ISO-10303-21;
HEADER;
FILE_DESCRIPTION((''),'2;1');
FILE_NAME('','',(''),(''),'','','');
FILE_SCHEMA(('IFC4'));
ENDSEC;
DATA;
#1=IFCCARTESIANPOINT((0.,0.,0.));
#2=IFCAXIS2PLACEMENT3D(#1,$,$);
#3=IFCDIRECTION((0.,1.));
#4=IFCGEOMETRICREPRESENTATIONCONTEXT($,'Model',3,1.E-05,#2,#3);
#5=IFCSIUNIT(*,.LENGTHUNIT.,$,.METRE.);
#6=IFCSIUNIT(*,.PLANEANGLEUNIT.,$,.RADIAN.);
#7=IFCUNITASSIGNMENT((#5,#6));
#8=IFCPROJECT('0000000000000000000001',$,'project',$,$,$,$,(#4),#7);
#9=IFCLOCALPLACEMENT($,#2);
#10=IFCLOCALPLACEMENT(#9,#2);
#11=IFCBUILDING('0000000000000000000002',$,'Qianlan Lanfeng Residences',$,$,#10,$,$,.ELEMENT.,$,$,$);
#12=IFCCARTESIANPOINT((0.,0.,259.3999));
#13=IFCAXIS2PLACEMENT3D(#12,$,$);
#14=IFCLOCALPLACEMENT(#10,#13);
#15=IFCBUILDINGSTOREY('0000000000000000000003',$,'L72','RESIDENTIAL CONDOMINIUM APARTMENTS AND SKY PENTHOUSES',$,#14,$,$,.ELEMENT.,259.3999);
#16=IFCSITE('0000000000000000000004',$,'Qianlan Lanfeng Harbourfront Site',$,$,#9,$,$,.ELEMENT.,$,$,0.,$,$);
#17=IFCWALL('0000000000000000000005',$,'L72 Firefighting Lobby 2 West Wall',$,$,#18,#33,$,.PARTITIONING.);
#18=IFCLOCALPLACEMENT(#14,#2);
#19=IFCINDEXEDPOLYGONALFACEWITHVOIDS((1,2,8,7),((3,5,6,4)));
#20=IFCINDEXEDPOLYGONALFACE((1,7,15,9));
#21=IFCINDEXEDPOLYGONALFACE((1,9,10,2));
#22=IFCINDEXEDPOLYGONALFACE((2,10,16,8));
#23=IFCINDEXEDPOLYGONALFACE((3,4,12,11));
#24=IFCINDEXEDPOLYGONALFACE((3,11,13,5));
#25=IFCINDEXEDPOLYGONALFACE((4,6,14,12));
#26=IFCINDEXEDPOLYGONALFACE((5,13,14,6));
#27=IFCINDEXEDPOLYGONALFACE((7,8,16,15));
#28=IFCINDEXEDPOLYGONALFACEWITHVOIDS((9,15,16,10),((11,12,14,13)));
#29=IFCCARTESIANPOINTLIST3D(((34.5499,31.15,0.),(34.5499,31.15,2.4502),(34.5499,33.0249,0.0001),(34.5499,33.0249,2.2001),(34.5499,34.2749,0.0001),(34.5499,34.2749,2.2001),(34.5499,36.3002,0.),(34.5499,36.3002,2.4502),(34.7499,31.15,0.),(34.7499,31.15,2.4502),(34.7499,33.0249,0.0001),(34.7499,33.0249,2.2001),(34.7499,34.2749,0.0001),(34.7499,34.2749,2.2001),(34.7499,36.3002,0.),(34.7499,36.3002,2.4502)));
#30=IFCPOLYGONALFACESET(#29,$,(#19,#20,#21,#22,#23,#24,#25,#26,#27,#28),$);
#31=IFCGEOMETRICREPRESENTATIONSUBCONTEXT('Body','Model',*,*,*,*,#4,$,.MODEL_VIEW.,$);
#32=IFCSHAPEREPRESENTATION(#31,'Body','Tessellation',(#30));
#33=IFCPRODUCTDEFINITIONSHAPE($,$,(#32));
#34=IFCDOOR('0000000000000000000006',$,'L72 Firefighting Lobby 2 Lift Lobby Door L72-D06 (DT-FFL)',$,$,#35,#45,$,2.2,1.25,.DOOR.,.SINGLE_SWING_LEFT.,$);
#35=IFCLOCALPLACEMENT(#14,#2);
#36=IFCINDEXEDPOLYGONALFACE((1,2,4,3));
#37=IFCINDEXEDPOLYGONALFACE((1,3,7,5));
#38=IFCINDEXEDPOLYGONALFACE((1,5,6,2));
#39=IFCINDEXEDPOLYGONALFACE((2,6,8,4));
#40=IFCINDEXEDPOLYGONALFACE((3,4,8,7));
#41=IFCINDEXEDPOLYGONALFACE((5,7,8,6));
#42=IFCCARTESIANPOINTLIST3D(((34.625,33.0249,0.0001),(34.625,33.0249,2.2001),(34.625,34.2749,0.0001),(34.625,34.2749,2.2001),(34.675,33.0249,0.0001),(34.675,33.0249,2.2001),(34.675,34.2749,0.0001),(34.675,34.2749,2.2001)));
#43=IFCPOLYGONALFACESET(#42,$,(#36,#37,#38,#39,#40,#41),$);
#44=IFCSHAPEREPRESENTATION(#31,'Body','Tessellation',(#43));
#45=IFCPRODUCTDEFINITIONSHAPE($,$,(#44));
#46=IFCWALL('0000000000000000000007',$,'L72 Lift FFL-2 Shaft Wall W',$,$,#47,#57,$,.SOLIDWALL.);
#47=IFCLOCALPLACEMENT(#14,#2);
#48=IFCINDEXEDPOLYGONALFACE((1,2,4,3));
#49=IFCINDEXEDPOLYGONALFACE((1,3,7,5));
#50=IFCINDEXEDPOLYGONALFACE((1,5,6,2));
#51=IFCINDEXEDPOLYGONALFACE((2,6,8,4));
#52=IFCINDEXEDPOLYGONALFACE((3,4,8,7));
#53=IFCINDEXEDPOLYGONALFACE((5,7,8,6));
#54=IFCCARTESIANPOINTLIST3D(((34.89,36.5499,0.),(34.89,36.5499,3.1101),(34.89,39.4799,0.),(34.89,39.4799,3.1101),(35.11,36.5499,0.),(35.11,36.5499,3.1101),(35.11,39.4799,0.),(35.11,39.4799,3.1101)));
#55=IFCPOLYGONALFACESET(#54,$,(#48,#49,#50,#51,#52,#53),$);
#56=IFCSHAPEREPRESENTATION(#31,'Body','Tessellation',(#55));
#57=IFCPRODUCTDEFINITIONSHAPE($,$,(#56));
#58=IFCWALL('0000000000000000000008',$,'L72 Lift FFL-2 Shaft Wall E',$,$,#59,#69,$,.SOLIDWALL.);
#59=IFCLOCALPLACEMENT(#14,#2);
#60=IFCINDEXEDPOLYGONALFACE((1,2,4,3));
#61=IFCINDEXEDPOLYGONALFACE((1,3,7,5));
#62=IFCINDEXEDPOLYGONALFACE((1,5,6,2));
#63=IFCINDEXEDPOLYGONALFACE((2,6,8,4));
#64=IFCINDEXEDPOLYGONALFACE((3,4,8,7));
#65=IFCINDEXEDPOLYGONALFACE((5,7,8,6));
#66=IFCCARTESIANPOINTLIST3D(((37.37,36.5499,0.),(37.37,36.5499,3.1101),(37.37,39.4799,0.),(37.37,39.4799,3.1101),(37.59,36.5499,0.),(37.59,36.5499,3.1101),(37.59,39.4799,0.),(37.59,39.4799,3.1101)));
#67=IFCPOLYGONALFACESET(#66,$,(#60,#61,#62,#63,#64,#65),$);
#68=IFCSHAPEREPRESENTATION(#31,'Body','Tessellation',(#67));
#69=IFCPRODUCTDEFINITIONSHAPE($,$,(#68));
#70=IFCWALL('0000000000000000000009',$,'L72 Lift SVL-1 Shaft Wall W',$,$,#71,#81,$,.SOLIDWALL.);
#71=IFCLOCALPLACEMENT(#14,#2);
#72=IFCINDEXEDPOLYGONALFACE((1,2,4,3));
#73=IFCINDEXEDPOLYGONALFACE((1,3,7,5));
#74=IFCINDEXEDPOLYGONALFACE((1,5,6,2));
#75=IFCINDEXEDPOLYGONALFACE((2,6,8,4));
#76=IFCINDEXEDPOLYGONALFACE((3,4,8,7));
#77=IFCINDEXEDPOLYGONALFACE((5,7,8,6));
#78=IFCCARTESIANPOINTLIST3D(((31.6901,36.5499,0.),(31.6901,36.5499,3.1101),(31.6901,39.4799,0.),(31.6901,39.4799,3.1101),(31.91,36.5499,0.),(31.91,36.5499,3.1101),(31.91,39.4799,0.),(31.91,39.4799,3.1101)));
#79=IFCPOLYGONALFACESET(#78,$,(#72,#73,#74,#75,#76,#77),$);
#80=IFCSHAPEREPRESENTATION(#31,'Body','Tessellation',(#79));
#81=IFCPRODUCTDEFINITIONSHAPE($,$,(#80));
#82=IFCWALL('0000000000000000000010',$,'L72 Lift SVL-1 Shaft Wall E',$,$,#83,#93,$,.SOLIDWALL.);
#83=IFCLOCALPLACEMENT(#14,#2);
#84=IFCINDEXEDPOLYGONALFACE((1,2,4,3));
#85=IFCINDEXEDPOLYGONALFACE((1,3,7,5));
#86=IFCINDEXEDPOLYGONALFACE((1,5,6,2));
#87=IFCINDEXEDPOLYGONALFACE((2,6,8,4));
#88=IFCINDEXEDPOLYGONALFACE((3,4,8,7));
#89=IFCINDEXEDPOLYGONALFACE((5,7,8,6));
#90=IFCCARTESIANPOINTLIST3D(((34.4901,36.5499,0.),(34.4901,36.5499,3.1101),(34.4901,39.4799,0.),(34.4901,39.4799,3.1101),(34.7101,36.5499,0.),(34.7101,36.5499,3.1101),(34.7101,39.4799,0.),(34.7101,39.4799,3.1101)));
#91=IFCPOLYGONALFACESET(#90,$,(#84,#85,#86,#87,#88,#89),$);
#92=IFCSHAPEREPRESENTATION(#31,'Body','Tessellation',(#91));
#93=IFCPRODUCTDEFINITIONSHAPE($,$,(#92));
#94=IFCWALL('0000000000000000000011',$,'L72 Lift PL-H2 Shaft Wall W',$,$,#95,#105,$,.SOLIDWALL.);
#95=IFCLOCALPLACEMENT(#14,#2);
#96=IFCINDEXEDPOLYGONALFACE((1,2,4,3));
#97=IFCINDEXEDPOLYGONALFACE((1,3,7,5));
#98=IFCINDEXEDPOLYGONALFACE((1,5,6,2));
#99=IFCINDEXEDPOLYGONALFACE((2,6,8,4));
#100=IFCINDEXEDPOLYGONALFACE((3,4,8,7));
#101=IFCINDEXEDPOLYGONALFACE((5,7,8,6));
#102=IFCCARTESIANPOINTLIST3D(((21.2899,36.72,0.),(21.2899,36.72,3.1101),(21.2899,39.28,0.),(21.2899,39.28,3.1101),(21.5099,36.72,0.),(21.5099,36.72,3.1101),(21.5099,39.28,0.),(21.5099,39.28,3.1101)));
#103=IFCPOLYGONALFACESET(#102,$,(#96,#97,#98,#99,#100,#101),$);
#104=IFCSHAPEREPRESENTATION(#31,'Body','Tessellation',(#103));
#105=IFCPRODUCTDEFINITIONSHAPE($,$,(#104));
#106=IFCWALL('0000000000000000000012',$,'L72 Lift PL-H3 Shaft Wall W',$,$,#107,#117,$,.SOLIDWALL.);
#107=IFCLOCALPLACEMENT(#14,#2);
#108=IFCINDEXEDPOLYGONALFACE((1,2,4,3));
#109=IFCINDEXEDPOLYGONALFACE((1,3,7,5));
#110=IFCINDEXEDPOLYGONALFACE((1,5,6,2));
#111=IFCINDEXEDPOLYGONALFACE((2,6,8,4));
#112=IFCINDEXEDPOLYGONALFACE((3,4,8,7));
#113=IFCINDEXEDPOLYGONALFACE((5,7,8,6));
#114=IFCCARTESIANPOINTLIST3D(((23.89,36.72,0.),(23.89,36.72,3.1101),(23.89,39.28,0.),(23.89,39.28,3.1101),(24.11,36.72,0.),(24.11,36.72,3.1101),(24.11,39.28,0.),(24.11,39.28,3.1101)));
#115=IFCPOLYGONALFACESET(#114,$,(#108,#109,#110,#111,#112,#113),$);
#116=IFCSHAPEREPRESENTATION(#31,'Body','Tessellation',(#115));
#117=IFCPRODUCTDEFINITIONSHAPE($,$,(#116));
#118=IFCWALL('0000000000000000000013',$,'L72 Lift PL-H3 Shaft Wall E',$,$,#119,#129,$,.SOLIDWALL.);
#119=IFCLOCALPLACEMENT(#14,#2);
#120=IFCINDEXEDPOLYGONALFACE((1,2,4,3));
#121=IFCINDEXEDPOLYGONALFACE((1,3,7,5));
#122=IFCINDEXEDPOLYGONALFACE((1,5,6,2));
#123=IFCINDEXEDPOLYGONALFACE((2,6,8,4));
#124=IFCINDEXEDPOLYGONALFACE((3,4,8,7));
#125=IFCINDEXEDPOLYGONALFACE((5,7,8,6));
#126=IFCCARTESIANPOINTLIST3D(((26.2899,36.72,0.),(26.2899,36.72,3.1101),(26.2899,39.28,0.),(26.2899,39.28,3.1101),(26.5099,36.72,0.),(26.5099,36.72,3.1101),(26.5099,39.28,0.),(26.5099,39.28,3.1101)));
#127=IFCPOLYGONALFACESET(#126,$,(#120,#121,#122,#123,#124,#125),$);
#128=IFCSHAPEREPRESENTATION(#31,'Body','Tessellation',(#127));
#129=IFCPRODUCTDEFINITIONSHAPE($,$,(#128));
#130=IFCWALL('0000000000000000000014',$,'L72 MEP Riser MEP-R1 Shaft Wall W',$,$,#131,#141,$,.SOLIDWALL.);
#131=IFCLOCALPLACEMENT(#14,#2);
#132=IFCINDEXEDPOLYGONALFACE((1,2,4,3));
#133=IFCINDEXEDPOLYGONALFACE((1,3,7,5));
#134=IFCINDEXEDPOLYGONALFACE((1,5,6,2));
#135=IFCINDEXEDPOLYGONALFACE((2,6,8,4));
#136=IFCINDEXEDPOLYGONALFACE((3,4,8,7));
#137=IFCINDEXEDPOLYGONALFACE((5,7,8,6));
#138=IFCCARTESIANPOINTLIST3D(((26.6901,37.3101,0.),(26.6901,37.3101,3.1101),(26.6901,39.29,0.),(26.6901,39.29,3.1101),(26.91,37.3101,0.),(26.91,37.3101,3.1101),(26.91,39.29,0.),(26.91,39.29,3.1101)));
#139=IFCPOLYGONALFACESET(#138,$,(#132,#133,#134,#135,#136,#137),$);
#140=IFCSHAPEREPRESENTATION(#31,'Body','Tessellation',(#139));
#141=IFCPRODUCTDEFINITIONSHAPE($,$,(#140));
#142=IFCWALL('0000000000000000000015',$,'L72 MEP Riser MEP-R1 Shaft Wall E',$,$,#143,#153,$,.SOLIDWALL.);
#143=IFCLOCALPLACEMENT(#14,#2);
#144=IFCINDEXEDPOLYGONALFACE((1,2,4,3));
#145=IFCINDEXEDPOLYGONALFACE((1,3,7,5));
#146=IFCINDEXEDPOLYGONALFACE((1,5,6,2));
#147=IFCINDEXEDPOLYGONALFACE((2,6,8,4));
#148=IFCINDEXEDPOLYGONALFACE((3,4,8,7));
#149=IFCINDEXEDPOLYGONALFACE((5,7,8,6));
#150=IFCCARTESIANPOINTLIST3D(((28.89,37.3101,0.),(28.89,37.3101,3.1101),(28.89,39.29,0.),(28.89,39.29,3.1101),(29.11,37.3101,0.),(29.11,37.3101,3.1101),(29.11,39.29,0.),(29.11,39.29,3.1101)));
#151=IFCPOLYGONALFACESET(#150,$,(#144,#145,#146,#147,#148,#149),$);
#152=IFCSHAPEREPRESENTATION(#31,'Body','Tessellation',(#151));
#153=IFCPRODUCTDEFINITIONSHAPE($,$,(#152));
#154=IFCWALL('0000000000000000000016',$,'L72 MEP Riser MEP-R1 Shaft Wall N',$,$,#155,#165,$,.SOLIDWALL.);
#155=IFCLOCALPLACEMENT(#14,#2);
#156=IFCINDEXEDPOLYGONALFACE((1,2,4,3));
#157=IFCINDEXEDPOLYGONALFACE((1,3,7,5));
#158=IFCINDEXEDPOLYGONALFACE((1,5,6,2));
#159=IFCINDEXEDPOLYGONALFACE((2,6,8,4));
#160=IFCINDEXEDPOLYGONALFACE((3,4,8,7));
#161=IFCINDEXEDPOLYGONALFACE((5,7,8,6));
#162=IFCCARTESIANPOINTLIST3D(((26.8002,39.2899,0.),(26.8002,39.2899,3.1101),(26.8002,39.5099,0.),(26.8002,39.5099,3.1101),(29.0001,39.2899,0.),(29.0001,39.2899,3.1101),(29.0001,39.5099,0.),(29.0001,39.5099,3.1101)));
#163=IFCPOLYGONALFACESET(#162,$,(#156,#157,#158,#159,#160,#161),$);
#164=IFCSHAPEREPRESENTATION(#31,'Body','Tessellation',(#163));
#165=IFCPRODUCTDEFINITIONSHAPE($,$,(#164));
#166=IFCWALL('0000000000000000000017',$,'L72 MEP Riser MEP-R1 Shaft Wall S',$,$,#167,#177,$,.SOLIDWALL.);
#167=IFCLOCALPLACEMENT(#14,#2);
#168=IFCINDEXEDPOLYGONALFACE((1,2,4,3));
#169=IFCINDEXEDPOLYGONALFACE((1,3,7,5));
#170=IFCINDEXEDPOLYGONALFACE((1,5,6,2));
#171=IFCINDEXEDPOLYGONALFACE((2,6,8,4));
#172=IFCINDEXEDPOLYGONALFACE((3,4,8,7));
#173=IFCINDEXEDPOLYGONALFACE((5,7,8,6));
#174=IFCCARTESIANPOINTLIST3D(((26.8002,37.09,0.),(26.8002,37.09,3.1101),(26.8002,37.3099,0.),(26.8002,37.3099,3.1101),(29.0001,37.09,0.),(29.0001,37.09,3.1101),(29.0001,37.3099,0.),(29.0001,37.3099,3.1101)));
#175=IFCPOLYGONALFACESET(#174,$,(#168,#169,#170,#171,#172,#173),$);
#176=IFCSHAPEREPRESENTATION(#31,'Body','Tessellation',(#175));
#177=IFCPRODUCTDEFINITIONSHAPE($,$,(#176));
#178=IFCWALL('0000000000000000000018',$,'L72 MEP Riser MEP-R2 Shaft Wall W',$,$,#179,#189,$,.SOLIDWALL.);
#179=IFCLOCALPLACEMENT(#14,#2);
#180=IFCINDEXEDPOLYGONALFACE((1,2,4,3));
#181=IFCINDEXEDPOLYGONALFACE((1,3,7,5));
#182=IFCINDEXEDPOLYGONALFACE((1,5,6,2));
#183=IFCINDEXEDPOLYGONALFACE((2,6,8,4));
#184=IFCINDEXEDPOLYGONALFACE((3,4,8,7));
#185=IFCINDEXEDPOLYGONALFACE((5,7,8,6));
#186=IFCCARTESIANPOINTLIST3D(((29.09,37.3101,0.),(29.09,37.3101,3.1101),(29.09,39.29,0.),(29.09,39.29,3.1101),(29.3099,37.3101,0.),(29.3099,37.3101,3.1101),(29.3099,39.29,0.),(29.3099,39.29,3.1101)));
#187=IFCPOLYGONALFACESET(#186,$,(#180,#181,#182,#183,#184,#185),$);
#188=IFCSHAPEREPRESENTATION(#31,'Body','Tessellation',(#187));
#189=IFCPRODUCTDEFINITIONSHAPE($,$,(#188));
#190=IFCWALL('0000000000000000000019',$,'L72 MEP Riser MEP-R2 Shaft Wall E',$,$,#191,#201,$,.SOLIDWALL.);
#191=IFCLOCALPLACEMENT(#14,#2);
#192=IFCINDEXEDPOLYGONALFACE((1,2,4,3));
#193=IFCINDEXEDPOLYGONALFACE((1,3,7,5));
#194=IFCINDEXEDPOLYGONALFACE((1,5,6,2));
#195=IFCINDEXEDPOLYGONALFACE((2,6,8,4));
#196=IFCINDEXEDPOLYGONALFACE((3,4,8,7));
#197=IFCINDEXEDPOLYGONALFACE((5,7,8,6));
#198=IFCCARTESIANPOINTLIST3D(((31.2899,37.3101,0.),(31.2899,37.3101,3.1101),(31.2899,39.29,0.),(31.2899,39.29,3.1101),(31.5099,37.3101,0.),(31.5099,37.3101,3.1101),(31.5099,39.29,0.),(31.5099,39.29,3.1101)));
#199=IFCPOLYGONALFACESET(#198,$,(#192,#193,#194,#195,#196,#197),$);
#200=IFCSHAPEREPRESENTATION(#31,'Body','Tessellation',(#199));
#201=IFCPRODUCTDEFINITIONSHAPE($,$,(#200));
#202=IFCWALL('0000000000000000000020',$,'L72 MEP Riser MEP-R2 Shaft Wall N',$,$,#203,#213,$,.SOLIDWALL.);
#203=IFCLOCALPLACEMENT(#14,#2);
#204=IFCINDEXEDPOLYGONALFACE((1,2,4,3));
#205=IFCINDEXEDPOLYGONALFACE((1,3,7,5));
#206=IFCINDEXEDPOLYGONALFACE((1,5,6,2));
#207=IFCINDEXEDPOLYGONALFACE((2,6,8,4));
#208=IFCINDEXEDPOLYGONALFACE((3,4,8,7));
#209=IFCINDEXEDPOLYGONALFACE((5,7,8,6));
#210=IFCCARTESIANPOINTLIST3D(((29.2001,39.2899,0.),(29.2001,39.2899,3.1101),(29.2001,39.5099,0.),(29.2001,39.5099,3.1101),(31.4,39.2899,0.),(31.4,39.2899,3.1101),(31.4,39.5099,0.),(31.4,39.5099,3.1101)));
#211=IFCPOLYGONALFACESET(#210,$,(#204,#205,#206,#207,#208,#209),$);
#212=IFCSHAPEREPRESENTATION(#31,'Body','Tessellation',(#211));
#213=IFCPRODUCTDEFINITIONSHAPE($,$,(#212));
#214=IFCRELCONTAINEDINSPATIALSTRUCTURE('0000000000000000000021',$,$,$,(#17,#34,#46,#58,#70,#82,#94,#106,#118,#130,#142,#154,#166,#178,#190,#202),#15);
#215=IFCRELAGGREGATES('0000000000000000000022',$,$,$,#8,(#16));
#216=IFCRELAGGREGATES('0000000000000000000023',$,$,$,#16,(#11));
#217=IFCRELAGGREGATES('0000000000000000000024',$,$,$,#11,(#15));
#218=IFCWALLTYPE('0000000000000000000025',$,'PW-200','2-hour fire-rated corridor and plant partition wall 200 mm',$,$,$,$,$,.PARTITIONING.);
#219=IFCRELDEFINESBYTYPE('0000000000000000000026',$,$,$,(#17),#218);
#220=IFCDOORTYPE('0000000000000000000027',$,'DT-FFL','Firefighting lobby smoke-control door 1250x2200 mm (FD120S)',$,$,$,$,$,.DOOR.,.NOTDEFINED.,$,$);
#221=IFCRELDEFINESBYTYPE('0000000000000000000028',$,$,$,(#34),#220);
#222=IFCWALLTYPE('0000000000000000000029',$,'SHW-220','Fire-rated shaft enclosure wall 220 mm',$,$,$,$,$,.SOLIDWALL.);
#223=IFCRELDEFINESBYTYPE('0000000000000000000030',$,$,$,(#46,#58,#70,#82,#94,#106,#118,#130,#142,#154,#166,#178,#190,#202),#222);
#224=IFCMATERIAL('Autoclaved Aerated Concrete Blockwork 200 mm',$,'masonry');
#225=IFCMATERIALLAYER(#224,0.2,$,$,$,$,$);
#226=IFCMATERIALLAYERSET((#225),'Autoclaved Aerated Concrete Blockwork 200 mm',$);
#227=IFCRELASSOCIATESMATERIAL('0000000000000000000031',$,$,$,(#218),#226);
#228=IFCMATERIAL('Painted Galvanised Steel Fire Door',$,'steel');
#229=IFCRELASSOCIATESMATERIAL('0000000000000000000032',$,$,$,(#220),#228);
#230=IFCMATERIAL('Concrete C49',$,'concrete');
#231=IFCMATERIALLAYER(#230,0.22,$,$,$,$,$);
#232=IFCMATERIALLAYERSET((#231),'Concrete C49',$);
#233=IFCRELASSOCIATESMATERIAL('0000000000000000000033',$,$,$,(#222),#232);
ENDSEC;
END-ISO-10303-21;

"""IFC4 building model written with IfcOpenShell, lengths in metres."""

from ifc_helpers import new_model, si_unit, direction, frame, frame_2d, origin, place, context, subcontext, project, spatial, rectangle, extrude, material, layer, layer_set, type_object, element, fill, save


model = new_model("IFC4")

# Units and contexts
model_context = context("Model", 3, precision=1e-05, world=origin(), true_north=direction((0.0, 1.0)))
body_context = subcontext(model_context, "Body", "Model", "MODEL_VIEW")
ifc_project = project(units=[si_unit("LENGTHUNIT", "METRE"), si_unit("PLANEANGLEUNIT", "RADIAN")], contexts=[model_context])

# Site, building, storey
site_placement = place(None, origin())
site = spatial("IfcSite", under=ifc_project, at=site_placement, Name="Qianlan Lanfeng Harbourfront Site", CompositionType="ELEMENT", RefElevation=0.0)
building_placement = place(site_placement, origin())
building = spatial("IfcBuilding", under=site, at=building_placement, Name="Qianlan Lanfeng Residences", CompositionType="ELEMENT")
storey_placement = place(building_placement, frame((0.0, 0.0, 259.3999)))
storey = spatial("IfcBuildingStorey", under=building, at=storey_placement, Name="L72", Description="RESIDENTIAL CONDOMINIUM APARTMENTS AND SKY PENTHOUSES", CompositionType="ELEMENT", Elevation=259.3999)

# Wall, opening, door
ifc_material_1 = material(Name="Autoclaved Aerated Concrete Blockwork 200 mm", Category="masonry")
ifc_layer_1 = layer(ifc_material_1, 0.2)
ifc_layer_set_1 = layer_set([ifc_layer_1], Name="Autoclaved Aerated Concrete Blockwork 200 mm")
wall_type_1 = type_object("IfcWallType", Name="PW-200", Description="2-hour fire-rated corridor and plant partition wall 200 mm", PredefinedType="PARTITIONING", material=ifc_layer_set_1)
wall_placement = place(storey_placement, frame((34.6499, 31.1499, 0.0), z_axis=(0.0, 0.0, 1.0), x_axis=(0.0, 1.0, 0.0)))
wall = element("IfcWall", 1, at=wall_placement, inside=storey, type_object=wall_type_1, Name="L72 Firefighting Lobby 2 West Wall", PredefinedType="PARTITIONING", context=body_context, shape_type="SweptSolid", body=[
    extrude(rectangle(XDim=5.1501, YDim=0.2, at=frame_2d((2.5752, 0.0))), origin(), (0.0, 0.0, 1.0), 2.4502),
])
opening_placement = place(wall_placement, frame((1.875, 0.0, 0.0)))
opening = element("IfcOpeningElement", 2, at=opening_placement, cuts=wall, PredefinedType="OPENING", context=body_context, shape_type="SweptSolid", body=[
    extrude(rectangle(XDim=1.25, YDim=2.2, at=frame_2d((0.625, 1.1001))), frame((0.0, 0.1099, 0.0), z_axis=(0.0, -1.0, 0.0), x_axis=(1.0, 0.0, 0.0)), (0.0, 0.0, 1.0), 0.22),
])
ifc_material_2 = material(Name="Painted Galvanised Steel Fire Door", Category="steel")
door_type = type_object("IfcDoorType", Name="DT-FFL", Description="Firefighting lobby smoke-control door 1250x2200 mm (FD120S)", OperationType="NOTDEFINED", PredefinedType="DOOR", material=ifc_material_2)
door_placement = place(opening_placement, origin())
door = element("IfcDoor", 3, at=door_placement, inside=storey, type_object=door_type, Name="L72 Firefighting Lobby 2 Lift Lobby Door L72-D06 (DT-FFL)", OperationType="SINGLE_SWING_LEFT", OverallHeight=2.2, OverallWidth=1.25, PredefinedType="DOOR", context=body_context, shape_type="SweptSolid", body=[
    extrude(rectangle(XDim=1.25, YDim=2.2, at=frame_2d((0.625, 1.1001))), frame((0.0, 0.0249, 0.0), z_axis=(0.0, -1.0, 0.0), x_axis=(1.0, 0.0, 0.0)), (0.0, 0.0, 1.0), 0.05),
])
fill(opening, door)

# Walls
ifc_material_3 = material(Name="Concrete C49", Category="concrete")
ifc_layer_2 = layer(ifc_material_3, 0.22)
ifc_layer_set_2 = layer_set([ifc_layer_2], Name="Concrete C49")
wall_type_2 = type_object("IfcWallType", Name="SHW-220", Description="Fire-rated shaft enclosure wall 220 mm", PredefinedType="SOLIDWALL", material=ifc_layer_set_2)
for number, where, z_axis, x_axis, name in (
    (4, (35.0, 36.55, 0.0), (0.0, 0.0, 1.0), (0.0, 1.0, 0.0), "L72 Lift FFL-2 Shaft Wall W"),
    (5, (37.48, 36.55, 0.0), (0.0, 0.0, 1.0), (0.0, 1.0, 0.0), "L72 Lift FFL-2 Shaft Wall E"),
    (6, (31.8, 36.55, 0.0), (0.0, 0.0, 1.0), (0.0, 1.0, 0.0), "L72 Lift SVL-1 Shaft Wall W"),
    (7, (34.6001, 36.55, 0.0), (0.0, 0.0, 1.0), (0.0, 1.0, 0.0), "L72 Lift SVL-1 Shaft Wall E"),
):
    element("IfcWall", number, at=place(storey_placement, frame(where, z_axis=z_axis, x_axis=x_axis)), inside=storey, type_object=wall_type_2, Name=name, PredefinedType="SOLIDWALL", context=body_context, shape_type="SweptSolid", body=[
        extrude(rectangle(XDim=2.9299, YDim=0.22, at=frame_2d((1.4648, 0.0))), origin(), (0.0, 0.0, 1.0), 3.1101),
    ])
for number, where, z_axis, x_axis, name in (
    (8, (21.3999, 36.72, 0.0), (0.0, 0.0, 1.0), (0.0, 1.0, 0.0), "L72 Lift PL-H2 Shaft Wall W"),
    (9, (24.0, 36.72, 0.0), (0.0, 0.0, 1.0), (0.0, 1.0, 0.0), "L72 Lift PL-H3 Shaft Wall W"),
    (10, (26.3999, 36.72, 0.0), (0.0, 0.0, 1.0), (0.0, 1.0, 0.0), "L72 Lift PL-H3 Shaft Wall E"),
):
    element("IfcWall", number, at=place(storey_placement, frame(where, z_axis=z_axis, x_axis=x_axis)), inside=storey, type_object=wall_type_2, Name=name, PredefinedType="SOLIDWALL", context=body_context, shape_type="SweptSolid", body=[
        extrude(rectangle(XDim=2.5601, YDim=0.22, at=frame_2d((1.28, 0.0))), origin(), (0.0, 0.0, 1.0), 3.1101),
    ])
for number, where, z_axis, x_axis, name in (
    (11, (26.8, 37.3101, 0.0), (0.0, 0.0, 1.0), (0.0, 1.0, 0.0), "L72 MEP Riser MEP-R1 Shaft Wall W"),
    (12, (29.0, 37.3101, 0.0), (0.0, 0.0, 1.0), (0.0, 1.0, 0.0), "L72 MEP Riser MEP-R1 Shaft Wall E"),
):
    element("IfcWall", number, at=place(storey_placement, frame(where, z_axis=z_axis, x_axis=x_axis)), inside=storey, type_object=wall_type_2, Name=name, PredefinedType="SOLIDWALL", context=body_context, shape_type="SweptSolid", body=[
        extrude(rectangle(XDim=1.98, YDim=0.22, at=frame_2d((0.99, 0.0))), origin(), (0.0, 0.0, 1.0), 3.1101),
    ])
for number, where, z_axis, x_axis, name in (
    (13, (26.8, 39.3999, 0.0), (0.0, 0.0, 1.0), (1.0, 0.0, 0.0), "L72 MEP Riser MEP-R1 Shaft Wall N"),
    (14, (26.8, 37.2, 0.0), (0.0, 0.0, 1.0), (1.0, 0.0, 0.0), "L72 MEP Riser MEP-R1 Shaft Wall S"),
):
    element("IfcWall", number, at=place(storey_placement, frame(where, z_axis=z_axis, x_axis=x_axis)), inside=storey, type_object=wall_type_2, Name=name, PredefinedType="SOLIDWALL", context=body_context, shape_type="SweptSolid", body=[
        extrude(rectangle(XDim=2.2, YDim=0.22, at=frame_2d((1.1001, 0.0))), origin(), (0.0, 0.0, 1.0), 3.1101),
    ])
for number, where, z_axis, x_axis, name in (
    (15, (29.2, 37.3101, 0.0), (0.0, 0.0, 1.0), (0.0, 1.0, 0.0), "L72 MEP Riser MEP-R2 Shaft Wall W"),
    (16, (31.3999, 37.3101, 0.0), (0.0, 0.0, 1.0), (0.0, 1.0, 0.0), "L72 MEP Riser MEP-R2 Shaft Wall E"),
):
    element("IfcWall", number, at=place(storey_placement, frame(where, z_axis=z_axis, x_axis=x_axis)), inside=storey, type_object=wall_type_2, Name=name, PredefinedType="SOLIDWALL", context=body_context, shape_type="SweptSolid", body=[
        extrude(rectangle(XDim=1.98, YDim=0.22, at=frame_2d((0.99, 0.0))), origin(), (0.0, 0.0, 1.0), 3.1101),
    ])
for number, where, z_axis, x_axis, name in (
    (17, (29.2, 39.3999, 0.0), (0.0, 0.0, 1.0), (1.0, 0.0, 0.0), "L72 MEP Riser MEP-R2 Shaft Wall N"),
):
    element("IfcWall", number, at=place(storey_placement, frame(where, z_axis=z_axis, x_axis=x_axis)), inside=storey, type_object=wall_type_2, Name=name, PredefinedType="SOLIDWALL", context=body_context, shape_type="SweptSolid", body=[
        extrude(rectangle(XDim=2.2, YDim=0.22, at=frame_2d((1.1001, 0.0))), origin(), (0.0, 0.0, 1.0), 3.1101),
    ])

save(model, "model.ifc")
